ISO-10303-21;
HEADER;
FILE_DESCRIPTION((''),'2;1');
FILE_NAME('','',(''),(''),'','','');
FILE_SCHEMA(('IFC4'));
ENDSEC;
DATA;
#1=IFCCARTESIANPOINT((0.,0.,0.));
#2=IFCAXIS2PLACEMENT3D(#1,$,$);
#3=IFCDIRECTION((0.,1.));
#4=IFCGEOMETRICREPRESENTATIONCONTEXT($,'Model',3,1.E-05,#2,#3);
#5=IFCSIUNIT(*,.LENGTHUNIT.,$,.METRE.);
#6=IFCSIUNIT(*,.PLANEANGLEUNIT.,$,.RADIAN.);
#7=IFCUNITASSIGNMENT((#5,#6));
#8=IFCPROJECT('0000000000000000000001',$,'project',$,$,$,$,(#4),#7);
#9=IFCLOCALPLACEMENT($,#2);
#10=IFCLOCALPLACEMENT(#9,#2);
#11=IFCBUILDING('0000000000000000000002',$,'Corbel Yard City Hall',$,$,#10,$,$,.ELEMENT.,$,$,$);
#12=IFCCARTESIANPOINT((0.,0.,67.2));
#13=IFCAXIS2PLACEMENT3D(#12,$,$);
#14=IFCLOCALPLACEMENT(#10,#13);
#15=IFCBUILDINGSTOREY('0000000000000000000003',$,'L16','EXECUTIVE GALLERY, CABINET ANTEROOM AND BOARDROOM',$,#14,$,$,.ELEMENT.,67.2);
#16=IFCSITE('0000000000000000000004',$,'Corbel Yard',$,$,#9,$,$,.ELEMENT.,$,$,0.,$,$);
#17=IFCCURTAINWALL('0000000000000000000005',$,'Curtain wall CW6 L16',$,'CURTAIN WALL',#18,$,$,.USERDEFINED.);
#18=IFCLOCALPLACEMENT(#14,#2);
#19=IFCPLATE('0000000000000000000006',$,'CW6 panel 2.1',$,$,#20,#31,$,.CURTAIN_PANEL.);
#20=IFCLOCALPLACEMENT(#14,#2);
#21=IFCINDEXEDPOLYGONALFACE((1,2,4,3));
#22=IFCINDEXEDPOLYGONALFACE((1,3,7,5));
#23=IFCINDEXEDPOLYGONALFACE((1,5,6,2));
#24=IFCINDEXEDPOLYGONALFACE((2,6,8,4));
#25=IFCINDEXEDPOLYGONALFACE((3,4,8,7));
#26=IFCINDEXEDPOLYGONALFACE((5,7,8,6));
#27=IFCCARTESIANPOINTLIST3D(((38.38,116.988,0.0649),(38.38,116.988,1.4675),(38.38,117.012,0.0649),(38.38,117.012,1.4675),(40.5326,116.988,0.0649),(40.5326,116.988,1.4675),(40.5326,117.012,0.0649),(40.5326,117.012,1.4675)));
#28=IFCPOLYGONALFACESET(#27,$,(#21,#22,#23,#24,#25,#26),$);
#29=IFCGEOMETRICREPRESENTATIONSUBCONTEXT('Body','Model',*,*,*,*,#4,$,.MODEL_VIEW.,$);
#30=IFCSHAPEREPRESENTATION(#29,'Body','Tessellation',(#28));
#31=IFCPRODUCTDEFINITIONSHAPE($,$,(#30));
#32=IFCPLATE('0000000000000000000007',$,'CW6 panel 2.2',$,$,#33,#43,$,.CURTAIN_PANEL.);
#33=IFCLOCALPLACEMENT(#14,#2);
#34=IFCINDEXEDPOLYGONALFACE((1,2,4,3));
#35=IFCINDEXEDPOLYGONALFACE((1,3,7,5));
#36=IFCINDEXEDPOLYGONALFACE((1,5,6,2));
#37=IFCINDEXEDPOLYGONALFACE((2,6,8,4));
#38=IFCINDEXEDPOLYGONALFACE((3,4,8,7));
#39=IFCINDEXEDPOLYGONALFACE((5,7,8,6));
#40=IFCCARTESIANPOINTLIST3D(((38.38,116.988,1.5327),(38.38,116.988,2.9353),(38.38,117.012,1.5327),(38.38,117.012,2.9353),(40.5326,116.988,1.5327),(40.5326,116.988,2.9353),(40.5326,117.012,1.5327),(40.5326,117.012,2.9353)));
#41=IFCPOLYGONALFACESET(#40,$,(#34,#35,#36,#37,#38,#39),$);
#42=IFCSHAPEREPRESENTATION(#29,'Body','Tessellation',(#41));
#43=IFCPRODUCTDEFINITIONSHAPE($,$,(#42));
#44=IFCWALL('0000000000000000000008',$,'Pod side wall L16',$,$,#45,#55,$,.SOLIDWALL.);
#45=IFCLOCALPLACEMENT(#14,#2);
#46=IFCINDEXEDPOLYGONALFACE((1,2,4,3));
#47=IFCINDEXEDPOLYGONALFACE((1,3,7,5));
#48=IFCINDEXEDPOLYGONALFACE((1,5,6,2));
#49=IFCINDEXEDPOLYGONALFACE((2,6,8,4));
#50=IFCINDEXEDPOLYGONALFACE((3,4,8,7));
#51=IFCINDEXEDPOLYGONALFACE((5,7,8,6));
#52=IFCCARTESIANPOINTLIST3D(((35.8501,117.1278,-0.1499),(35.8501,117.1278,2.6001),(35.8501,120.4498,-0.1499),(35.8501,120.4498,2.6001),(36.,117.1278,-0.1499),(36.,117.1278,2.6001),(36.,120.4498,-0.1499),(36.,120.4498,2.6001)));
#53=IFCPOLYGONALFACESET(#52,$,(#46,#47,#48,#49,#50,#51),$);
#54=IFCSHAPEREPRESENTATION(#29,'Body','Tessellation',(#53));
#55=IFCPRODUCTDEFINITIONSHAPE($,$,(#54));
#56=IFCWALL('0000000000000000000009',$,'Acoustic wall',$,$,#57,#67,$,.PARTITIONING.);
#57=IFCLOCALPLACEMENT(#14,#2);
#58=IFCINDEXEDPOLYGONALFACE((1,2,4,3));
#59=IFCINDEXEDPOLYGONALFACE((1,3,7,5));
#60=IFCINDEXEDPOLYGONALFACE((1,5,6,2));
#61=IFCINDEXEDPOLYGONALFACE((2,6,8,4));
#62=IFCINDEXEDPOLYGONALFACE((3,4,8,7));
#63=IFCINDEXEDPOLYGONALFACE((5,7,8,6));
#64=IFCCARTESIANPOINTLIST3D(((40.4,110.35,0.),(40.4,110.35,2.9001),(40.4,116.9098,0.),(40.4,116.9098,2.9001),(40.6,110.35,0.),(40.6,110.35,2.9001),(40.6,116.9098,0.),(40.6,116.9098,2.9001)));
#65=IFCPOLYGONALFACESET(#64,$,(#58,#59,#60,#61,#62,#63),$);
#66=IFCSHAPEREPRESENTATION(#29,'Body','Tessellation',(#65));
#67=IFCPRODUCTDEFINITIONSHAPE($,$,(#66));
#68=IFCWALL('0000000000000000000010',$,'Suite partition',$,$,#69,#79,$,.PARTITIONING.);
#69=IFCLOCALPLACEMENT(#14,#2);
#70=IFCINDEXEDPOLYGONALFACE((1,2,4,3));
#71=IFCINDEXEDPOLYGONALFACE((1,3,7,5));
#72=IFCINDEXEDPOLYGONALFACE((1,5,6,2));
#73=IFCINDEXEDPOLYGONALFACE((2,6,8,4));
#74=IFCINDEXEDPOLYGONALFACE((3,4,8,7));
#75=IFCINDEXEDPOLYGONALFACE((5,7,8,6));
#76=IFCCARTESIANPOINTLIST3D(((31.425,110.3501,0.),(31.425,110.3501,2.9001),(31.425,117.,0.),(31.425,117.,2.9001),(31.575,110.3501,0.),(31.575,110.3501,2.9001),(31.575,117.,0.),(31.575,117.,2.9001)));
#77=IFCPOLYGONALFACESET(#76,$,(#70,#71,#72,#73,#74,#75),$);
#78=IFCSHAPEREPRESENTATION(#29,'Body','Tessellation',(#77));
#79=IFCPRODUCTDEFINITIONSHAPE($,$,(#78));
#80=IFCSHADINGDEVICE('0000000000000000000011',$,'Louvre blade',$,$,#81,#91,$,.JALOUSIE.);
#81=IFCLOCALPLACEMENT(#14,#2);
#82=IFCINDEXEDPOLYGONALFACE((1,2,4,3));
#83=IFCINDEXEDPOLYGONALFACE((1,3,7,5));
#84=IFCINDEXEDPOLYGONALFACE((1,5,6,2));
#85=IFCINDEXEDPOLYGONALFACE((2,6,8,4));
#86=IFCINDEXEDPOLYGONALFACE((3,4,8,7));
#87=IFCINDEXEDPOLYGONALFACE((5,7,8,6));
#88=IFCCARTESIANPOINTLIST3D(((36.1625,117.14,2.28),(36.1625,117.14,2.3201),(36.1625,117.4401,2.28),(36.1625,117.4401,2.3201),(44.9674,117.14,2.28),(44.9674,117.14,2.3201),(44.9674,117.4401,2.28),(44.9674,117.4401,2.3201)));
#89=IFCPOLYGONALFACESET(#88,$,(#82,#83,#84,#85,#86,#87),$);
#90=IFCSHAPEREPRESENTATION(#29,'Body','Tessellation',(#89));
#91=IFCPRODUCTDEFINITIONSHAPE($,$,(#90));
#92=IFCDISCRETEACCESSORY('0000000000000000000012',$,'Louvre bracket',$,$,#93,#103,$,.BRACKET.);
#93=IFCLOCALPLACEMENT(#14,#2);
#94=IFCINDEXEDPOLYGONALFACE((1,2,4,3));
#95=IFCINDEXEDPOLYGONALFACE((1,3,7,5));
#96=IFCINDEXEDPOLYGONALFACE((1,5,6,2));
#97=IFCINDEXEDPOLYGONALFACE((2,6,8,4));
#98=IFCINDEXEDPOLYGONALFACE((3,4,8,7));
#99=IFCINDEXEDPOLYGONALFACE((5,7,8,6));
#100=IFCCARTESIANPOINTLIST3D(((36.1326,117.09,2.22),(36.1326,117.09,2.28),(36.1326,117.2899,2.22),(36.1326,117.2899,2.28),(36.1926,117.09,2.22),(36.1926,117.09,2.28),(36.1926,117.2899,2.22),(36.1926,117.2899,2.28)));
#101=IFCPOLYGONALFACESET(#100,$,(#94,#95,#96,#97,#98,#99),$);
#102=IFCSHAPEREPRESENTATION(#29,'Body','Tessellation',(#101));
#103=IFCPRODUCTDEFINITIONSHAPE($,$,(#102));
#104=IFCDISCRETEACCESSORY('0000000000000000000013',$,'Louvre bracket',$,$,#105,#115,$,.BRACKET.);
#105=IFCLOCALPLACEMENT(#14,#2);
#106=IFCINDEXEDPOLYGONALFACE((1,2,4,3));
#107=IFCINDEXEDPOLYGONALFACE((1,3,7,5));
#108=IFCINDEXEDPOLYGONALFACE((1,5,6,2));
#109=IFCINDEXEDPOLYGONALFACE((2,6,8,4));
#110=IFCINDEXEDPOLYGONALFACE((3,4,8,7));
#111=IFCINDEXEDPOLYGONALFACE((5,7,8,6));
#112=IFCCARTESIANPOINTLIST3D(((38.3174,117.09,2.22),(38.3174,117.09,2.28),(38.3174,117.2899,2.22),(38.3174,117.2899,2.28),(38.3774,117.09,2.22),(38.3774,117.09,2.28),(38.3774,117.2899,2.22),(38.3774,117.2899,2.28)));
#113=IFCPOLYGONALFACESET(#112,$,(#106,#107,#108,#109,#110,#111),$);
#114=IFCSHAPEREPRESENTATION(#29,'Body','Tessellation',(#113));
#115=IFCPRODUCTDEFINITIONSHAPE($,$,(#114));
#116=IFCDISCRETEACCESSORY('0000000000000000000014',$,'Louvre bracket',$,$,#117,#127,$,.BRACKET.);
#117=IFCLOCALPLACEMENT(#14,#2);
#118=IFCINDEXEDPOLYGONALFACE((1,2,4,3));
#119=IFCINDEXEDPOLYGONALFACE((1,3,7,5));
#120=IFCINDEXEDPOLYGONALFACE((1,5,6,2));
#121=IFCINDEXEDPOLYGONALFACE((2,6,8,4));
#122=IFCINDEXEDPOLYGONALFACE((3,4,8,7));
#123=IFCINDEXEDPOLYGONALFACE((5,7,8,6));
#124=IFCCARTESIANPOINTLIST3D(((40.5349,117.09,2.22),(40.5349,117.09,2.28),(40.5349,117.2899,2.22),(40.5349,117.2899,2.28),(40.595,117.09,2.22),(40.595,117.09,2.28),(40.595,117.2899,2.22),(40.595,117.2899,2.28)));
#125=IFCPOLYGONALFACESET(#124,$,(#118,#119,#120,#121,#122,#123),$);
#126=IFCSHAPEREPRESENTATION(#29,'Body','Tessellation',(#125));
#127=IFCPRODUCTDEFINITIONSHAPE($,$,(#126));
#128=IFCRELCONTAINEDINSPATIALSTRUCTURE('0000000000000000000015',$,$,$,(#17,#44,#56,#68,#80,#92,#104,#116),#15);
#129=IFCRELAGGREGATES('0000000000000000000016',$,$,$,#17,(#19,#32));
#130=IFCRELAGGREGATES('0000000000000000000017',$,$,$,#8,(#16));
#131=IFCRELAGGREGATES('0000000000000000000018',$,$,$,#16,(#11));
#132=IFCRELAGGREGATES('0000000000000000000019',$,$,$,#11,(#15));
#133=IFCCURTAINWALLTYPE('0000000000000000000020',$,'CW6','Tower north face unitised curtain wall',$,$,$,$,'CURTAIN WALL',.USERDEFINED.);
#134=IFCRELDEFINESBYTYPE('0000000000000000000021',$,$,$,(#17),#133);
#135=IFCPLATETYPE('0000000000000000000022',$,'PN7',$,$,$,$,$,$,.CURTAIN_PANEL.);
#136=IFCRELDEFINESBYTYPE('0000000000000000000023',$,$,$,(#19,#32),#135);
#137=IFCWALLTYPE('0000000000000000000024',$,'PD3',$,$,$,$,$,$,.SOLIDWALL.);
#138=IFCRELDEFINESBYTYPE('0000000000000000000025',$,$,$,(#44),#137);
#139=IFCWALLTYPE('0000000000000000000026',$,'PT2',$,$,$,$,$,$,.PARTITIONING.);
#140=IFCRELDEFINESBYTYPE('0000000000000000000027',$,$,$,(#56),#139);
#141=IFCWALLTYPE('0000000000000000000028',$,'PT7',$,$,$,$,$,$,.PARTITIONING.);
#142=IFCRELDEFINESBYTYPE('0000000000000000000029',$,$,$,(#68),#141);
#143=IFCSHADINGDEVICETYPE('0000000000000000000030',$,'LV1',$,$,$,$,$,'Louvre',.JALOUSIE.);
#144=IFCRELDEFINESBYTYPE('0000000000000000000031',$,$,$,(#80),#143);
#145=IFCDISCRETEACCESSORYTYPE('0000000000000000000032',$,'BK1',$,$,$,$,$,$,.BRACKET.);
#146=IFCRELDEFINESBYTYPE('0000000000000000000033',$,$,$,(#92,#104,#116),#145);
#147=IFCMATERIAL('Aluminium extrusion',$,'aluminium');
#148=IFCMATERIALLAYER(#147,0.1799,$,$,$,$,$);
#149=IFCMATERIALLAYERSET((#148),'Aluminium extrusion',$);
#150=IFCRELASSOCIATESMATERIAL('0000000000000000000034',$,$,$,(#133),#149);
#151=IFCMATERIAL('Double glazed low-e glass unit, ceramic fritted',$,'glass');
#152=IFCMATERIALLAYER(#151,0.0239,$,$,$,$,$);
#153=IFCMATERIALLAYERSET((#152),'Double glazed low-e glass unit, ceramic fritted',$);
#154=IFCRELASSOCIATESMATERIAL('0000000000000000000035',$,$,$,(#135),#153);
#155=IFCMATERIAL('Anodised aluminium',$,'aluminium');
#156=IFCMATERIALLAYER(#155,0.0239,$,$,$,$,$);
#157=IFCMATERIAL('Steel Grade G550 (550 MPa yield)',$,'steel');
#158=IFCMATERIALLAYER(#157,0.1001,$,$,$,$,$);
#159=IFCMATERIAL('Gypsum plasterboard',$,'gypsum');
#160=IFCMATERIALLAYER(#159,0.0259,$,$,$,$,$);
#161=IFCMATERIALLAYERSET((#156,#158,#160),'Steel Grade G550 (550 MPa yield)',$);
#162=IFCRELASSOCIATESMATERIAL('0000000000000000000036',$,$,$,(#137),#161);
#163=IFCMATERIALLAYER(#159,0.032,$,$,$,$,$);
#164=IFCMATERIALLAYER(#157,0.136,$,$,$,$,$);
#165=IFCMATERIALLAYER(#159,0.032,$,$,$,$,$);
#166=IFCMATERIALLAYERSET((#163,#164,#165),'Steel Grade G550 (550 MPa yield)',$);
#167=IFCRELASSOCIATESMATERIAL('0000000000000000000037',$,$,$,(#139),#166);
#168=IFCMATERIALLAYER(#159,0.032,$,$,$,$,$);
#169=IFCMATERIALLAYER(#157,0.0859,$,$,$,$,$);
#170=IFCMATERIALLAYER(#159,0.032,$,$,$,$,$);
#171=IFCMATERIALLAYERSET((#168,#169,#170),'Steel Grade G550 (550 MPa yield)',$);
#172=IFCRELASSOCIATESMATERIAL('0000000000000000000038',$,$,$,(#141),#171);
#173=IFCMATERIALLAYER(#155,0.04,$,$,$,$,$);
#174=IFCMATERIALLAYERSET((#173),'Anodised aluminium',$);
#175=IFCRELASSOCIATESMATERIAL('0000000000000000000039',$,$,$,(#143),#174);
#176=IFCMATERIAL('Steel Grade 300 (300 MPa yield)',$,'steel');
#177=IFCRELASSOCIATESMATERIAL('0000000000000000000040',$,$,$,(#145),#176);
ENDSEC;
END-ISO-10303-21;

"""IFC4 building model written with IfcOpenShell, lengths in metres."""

from ifc_helpers import new_model, si_unit, direction, frame, frame_2d, origin, origin_2d, place, context, subcontext, project, spatial, rectangle, extrude, material, layer, layer_set, type_object, element, aggregate, save


model = new_model("IFC4")

# Units and contexts
model_context = context("Model", 3, precision=1e-05, world=origin(), true_north=direction((0.0, 1.0)))
body_context = subcontext(model_context, "Body", "Model", "MODEL_VIEW")
ifc_project = project(units=[si_unit("LENGTHUNIT", "METRE"), si_unit("PLANEANGLEUNIT", "RADIAN")], contexts=[model_context])

# Site, building, storey
site_placement = place(None, origin())
site = spatial("IfcSite", under=ifc_project, at=site_placement, Name="Corbel Yard", CompositionType="ELEMENT", RefElevation=0.0)
building_placement = place(site_placement, origin())
building = spatial("IfcBuilding", under=site, at=building_placement, Name="Corbel Yard City Hall", CompositionType="ELEMENT")
storey_placement = place(building_placement, frame((0.0, 0.0, 67.2)))
storey = spatial("IfcBuildingStorey", under=building, at=storey_placement, Name="L16", Description="EXECUTIVE GALLERY, CABINET ANTEROOM AND BOARDROOM", CompositionType="ELEMENT", Elevation=67.2)

# Shared definitions
ifc_material_1 = material(Name="Steel Grade 300 (300 MPa yield)", Category="steel")

# Curtain wall
ifc_material_2 = material(Name="Aluminium extrusion", Category="aluminium")
ifc_layer_1 = layer(ifc_material_2, 0.1799)
ifc_layer_set_1 = layer_set([ifc_layer_1], Name="Aluminium extrusion")
curtain_wall_type = type_object("IfcCurtainWallType", Name="CW6", Description="Tower north face unitised curtain wall", ElementType="CURTAIN WALL", PredefinedType="USERDEFINED", material=ifc_layer_set_1)
curtain_wall_placement = place(storey_placement, origin())
curtain_wall = element("IfcCurtainWall", 1, at=curtain_wall_placement, inside=storey, type_object=curtain_wall_type, Name="Curtain wall CW6 L16", ObjectType="CURTAIN WALL", PredefinedType="USERDEFINED")

# Plates
ifc_material_3 = material(Name="Double glazed low-e glass unit, ceramic fritted", Category="glass")
ifc_layer_2 = layer(ifc_material_3, 0.0239)
ifc_layer_set_2 = layer_set([ifc_layer_2], Name="Double glazed low-e glass unit, ceramic fritted")
plate_type = type_object("IfcPlateType", Name="PN7", PredefinedType="CURTAIN_PANEL", material=ifc_layer_set_2)
plate_1_placement = place(storey_placement, frame((39.4563, 117.0, 0.0649), z_axis=(0.0, 0.0, 1.0), x_axis=(1.0, 0.0, 0.0)))
plate_1 = element("IfcPlate", 2, at=plate_1_placement, type_object=plate_type, Name="CW6 panel 2.1", PredefinedType="CURTAIN_PANEL", context=body_context, shape_type="SweptSolid", body=[
    extrude(rectangle(XDim=2.1526, YDim=0.0239, at=origin_2d()), origin(), (0.0, 0.0, 1.0), 1.4026),
])
plate_2_placement = place(storey_placement, frame((39.4563, 117.0, 1.5327), z_axis=(0.0, 0.0, 1.0), x_axis=(1.0, 0.0, 0.0)))
plate_2 = element("IfcPlate", 3, at=plate_2_placement, type_object=plate_type, Name="CW6 panel 2.2", PredefinedType="CURTAIN_PANEL", context=body_context, shape_type="SweptSolid", body=[
    extrude(rectangle(XDim=2.1526, YDim=0.0239, at=origin_2d()), origin(), (0.0, 0.0, 1.0), 1.4026),
])
aggregate(curtain_wall, [plate_1, plate_2])

# Walls
ifc_material_4 = material(Name="Anodised aluminium", Category="aluminium")
ifc_layer_3 = layer(ifc_material_4, 0.0239)
ifc_material_5 = material(Name="Steel Grade G550 (550 MPa yield)", Category="steel")
ifc_layer_4 = layer(ifc_material_5, 0.1001)
ifc_material_6 = material(Name="Gypsum plasterboard", Category="gypsum")
ifc_layer_5 = layer(ifc_material_6, 0.0259)
ifc_layer_set_3 = layer_set([ifc_layer_3, ifc_layer_4, ifc_layer_5], Name="Steel Grade G550 (550 MPa yield)")
wall_type_1 = type_object("IfcWallType", Name="PD3", PredefinedType="SOLIDWALL", material=ifc_layer_set_3)
wall_1_placement = place(storey_placement, frame((35.925, 120.45, -0.1499), z_axis=(0.0, 0.0, 1.0), x_axis=(0.0, -1.0, 0.0)))
element("IfcWall", 4, at=wall_1_placement, inside=storey, type_object=wall_type_1, Name="Pod side wall L16", PredefinedType="SOLIDWALL", context=body_context, shape_type="SweptSolid", body=[
    extrude(rectangle(XDim=3.322, YDim=0.1499, at=frame_2d((1.6611, 0.0))), origin(), (0.0, 0.0, 1.0), 2.75),
])
ifc_layer_6 = layer(ifc_material_6, 0.032)
ifc_layer_7 = layer(ifc_material_5, 0.136)
ifc_layer_8 = layer(ifc_material_6, 0.032)
ifc_layer_set_4 = layer_set([ifc_layer_6, ifc_layer_7, ifc_layer_8], Name="Steel Grade G550 (550 MPa yield)")
wall_type_2 = type_object("IfcWallType", Name="PT2", PredefinedType="PARTITIONING", material=ifc_layer_set_4)
wall_2_placement = place(storey_placement, frame((40.5, 110.3501, 0.0), z_axis=(0.0, 0.0, 1.0), x_axis=(0.0, 1.0, 0.0)))
element("IfcWall", 5, at=wall_2_placement, inside=storey, type_object=wall_type_2, Name="Acoustic wall", PredefinedType="PARTITIONING", context=body_context, shape_type="SweptSolid", body=[
    extrude(rectangle(XDim=6.5598, YDim=0.2, at=frame_2d((3.2798, 0.0))), origin(), (0.0, 0.0, 1.0), 2.9001),
])
ifc_layer_9 = layer(ifc_material_6, 0.032)
ifc_layer_10 = layer(ifc_material_5, 0.0859)
ifc_layer_11 = layer(ifc_material_6, 0.032)
ifc_layer_set_5 = layer_set([ifc_layer_9, ifc_layer_10, ifc_layer_11], Name="Steel Grade G550 (550 MPa yield)")
wall_type_3 = type_object("IfcWallType", Name="PT7", PredefinedType="PARTITIONING", material=ifc_layer_set_5)
wall_3_placement = place(storey_placement, frame((31.5, 110.3501, 0.0), z_axis=(0.0, 0.0, 1.0), x_axis=(0.0, 1.0, 0.0)))
element("IfcWall", 6, at=wall_3_placement, inside=storey, type_object=wall_type_3, Name="Suite partition", PredefinedType="PARTITIONING", context=body_context, shape_type="SweptSolid", body=[
    extrude(rectangle(XDim=6.6499, YDim=0.1499, at=frame_2d((3.325, 0.0))), origin(), (0.0, 0.0, 1.0), 2.9001),
])

# Shading device
ifc_layer_12 = layer(ifc_material_4, 0.04)
ifc_layer_set_6 = layer_set([ifc_layer_12], Name="Anodised aluminium")
shading_device_type = type_object("IfcShadingDeviceType", Name="LV1", ElementType="Louvre", PredefinedType="JALOUSIE", material=ifc_layer_set_6)
shading_device_placement = place(storey_placement, frame((40.5649, 117.29, 2.28), z_axis=(0.0, 0.0, 1.0), x_axis=(1.0, 0.0, 0.0)))
element("IfcShadingDevice", 7, at=shading_device_placement, inside=storey, type_object=shading_device_type, Name="Louvre blade", PredefinedType="JALOUSIE", context=body_context, shape_type="SweptSolid", body=[
    extrude(rectangle(XDim=8.8049, YDim=0.3, at=origin_2d()), origin(), (0.0, 0.0, 1.0), 0.04),
])

# Discrete accessories
discrete_accessory_type = type_object("IfcDiscreteAccessoryType", Name="BK1", PredefinedType="BRACKET", material=ifc_material_1)
for number, where, z_axis, x_axis, name in (
    (8, (36.1626, 117.1899, 2.22), (0.0, 0.0, 1.0), (1.0, 0.0, 0.0), "Louvre bracket"),
    (9, (38.3474, 117.1899, 2.22), (0.0, 0.0, 1.0), (1.0, 0.0, 0.0), "Louvre bracket"),
    (10, (40.5649, 117.1899, 2.22), (0.0, 0.0, 1.0), (1.0, 0.0, 0.0), "Louvre bracket"),
):
    element("IfcDiscreteAccessory", number, at=place(storey_placement, frame(where, z_axis=z_axis, x_axis=x_axis)), inside=storey, type_object=discrete_accessory_type, Name=name, PredefinedType="BRACKET", context=body_context, shape_type="SweptSolid", body=[
        extrude(rectangle(XDim=0.0601, YDim=0.2, at=origin_2d()), origin(), (0.0, 0.0, 1.0), 0.0601),
    ])

save(model, "model.ifc")
